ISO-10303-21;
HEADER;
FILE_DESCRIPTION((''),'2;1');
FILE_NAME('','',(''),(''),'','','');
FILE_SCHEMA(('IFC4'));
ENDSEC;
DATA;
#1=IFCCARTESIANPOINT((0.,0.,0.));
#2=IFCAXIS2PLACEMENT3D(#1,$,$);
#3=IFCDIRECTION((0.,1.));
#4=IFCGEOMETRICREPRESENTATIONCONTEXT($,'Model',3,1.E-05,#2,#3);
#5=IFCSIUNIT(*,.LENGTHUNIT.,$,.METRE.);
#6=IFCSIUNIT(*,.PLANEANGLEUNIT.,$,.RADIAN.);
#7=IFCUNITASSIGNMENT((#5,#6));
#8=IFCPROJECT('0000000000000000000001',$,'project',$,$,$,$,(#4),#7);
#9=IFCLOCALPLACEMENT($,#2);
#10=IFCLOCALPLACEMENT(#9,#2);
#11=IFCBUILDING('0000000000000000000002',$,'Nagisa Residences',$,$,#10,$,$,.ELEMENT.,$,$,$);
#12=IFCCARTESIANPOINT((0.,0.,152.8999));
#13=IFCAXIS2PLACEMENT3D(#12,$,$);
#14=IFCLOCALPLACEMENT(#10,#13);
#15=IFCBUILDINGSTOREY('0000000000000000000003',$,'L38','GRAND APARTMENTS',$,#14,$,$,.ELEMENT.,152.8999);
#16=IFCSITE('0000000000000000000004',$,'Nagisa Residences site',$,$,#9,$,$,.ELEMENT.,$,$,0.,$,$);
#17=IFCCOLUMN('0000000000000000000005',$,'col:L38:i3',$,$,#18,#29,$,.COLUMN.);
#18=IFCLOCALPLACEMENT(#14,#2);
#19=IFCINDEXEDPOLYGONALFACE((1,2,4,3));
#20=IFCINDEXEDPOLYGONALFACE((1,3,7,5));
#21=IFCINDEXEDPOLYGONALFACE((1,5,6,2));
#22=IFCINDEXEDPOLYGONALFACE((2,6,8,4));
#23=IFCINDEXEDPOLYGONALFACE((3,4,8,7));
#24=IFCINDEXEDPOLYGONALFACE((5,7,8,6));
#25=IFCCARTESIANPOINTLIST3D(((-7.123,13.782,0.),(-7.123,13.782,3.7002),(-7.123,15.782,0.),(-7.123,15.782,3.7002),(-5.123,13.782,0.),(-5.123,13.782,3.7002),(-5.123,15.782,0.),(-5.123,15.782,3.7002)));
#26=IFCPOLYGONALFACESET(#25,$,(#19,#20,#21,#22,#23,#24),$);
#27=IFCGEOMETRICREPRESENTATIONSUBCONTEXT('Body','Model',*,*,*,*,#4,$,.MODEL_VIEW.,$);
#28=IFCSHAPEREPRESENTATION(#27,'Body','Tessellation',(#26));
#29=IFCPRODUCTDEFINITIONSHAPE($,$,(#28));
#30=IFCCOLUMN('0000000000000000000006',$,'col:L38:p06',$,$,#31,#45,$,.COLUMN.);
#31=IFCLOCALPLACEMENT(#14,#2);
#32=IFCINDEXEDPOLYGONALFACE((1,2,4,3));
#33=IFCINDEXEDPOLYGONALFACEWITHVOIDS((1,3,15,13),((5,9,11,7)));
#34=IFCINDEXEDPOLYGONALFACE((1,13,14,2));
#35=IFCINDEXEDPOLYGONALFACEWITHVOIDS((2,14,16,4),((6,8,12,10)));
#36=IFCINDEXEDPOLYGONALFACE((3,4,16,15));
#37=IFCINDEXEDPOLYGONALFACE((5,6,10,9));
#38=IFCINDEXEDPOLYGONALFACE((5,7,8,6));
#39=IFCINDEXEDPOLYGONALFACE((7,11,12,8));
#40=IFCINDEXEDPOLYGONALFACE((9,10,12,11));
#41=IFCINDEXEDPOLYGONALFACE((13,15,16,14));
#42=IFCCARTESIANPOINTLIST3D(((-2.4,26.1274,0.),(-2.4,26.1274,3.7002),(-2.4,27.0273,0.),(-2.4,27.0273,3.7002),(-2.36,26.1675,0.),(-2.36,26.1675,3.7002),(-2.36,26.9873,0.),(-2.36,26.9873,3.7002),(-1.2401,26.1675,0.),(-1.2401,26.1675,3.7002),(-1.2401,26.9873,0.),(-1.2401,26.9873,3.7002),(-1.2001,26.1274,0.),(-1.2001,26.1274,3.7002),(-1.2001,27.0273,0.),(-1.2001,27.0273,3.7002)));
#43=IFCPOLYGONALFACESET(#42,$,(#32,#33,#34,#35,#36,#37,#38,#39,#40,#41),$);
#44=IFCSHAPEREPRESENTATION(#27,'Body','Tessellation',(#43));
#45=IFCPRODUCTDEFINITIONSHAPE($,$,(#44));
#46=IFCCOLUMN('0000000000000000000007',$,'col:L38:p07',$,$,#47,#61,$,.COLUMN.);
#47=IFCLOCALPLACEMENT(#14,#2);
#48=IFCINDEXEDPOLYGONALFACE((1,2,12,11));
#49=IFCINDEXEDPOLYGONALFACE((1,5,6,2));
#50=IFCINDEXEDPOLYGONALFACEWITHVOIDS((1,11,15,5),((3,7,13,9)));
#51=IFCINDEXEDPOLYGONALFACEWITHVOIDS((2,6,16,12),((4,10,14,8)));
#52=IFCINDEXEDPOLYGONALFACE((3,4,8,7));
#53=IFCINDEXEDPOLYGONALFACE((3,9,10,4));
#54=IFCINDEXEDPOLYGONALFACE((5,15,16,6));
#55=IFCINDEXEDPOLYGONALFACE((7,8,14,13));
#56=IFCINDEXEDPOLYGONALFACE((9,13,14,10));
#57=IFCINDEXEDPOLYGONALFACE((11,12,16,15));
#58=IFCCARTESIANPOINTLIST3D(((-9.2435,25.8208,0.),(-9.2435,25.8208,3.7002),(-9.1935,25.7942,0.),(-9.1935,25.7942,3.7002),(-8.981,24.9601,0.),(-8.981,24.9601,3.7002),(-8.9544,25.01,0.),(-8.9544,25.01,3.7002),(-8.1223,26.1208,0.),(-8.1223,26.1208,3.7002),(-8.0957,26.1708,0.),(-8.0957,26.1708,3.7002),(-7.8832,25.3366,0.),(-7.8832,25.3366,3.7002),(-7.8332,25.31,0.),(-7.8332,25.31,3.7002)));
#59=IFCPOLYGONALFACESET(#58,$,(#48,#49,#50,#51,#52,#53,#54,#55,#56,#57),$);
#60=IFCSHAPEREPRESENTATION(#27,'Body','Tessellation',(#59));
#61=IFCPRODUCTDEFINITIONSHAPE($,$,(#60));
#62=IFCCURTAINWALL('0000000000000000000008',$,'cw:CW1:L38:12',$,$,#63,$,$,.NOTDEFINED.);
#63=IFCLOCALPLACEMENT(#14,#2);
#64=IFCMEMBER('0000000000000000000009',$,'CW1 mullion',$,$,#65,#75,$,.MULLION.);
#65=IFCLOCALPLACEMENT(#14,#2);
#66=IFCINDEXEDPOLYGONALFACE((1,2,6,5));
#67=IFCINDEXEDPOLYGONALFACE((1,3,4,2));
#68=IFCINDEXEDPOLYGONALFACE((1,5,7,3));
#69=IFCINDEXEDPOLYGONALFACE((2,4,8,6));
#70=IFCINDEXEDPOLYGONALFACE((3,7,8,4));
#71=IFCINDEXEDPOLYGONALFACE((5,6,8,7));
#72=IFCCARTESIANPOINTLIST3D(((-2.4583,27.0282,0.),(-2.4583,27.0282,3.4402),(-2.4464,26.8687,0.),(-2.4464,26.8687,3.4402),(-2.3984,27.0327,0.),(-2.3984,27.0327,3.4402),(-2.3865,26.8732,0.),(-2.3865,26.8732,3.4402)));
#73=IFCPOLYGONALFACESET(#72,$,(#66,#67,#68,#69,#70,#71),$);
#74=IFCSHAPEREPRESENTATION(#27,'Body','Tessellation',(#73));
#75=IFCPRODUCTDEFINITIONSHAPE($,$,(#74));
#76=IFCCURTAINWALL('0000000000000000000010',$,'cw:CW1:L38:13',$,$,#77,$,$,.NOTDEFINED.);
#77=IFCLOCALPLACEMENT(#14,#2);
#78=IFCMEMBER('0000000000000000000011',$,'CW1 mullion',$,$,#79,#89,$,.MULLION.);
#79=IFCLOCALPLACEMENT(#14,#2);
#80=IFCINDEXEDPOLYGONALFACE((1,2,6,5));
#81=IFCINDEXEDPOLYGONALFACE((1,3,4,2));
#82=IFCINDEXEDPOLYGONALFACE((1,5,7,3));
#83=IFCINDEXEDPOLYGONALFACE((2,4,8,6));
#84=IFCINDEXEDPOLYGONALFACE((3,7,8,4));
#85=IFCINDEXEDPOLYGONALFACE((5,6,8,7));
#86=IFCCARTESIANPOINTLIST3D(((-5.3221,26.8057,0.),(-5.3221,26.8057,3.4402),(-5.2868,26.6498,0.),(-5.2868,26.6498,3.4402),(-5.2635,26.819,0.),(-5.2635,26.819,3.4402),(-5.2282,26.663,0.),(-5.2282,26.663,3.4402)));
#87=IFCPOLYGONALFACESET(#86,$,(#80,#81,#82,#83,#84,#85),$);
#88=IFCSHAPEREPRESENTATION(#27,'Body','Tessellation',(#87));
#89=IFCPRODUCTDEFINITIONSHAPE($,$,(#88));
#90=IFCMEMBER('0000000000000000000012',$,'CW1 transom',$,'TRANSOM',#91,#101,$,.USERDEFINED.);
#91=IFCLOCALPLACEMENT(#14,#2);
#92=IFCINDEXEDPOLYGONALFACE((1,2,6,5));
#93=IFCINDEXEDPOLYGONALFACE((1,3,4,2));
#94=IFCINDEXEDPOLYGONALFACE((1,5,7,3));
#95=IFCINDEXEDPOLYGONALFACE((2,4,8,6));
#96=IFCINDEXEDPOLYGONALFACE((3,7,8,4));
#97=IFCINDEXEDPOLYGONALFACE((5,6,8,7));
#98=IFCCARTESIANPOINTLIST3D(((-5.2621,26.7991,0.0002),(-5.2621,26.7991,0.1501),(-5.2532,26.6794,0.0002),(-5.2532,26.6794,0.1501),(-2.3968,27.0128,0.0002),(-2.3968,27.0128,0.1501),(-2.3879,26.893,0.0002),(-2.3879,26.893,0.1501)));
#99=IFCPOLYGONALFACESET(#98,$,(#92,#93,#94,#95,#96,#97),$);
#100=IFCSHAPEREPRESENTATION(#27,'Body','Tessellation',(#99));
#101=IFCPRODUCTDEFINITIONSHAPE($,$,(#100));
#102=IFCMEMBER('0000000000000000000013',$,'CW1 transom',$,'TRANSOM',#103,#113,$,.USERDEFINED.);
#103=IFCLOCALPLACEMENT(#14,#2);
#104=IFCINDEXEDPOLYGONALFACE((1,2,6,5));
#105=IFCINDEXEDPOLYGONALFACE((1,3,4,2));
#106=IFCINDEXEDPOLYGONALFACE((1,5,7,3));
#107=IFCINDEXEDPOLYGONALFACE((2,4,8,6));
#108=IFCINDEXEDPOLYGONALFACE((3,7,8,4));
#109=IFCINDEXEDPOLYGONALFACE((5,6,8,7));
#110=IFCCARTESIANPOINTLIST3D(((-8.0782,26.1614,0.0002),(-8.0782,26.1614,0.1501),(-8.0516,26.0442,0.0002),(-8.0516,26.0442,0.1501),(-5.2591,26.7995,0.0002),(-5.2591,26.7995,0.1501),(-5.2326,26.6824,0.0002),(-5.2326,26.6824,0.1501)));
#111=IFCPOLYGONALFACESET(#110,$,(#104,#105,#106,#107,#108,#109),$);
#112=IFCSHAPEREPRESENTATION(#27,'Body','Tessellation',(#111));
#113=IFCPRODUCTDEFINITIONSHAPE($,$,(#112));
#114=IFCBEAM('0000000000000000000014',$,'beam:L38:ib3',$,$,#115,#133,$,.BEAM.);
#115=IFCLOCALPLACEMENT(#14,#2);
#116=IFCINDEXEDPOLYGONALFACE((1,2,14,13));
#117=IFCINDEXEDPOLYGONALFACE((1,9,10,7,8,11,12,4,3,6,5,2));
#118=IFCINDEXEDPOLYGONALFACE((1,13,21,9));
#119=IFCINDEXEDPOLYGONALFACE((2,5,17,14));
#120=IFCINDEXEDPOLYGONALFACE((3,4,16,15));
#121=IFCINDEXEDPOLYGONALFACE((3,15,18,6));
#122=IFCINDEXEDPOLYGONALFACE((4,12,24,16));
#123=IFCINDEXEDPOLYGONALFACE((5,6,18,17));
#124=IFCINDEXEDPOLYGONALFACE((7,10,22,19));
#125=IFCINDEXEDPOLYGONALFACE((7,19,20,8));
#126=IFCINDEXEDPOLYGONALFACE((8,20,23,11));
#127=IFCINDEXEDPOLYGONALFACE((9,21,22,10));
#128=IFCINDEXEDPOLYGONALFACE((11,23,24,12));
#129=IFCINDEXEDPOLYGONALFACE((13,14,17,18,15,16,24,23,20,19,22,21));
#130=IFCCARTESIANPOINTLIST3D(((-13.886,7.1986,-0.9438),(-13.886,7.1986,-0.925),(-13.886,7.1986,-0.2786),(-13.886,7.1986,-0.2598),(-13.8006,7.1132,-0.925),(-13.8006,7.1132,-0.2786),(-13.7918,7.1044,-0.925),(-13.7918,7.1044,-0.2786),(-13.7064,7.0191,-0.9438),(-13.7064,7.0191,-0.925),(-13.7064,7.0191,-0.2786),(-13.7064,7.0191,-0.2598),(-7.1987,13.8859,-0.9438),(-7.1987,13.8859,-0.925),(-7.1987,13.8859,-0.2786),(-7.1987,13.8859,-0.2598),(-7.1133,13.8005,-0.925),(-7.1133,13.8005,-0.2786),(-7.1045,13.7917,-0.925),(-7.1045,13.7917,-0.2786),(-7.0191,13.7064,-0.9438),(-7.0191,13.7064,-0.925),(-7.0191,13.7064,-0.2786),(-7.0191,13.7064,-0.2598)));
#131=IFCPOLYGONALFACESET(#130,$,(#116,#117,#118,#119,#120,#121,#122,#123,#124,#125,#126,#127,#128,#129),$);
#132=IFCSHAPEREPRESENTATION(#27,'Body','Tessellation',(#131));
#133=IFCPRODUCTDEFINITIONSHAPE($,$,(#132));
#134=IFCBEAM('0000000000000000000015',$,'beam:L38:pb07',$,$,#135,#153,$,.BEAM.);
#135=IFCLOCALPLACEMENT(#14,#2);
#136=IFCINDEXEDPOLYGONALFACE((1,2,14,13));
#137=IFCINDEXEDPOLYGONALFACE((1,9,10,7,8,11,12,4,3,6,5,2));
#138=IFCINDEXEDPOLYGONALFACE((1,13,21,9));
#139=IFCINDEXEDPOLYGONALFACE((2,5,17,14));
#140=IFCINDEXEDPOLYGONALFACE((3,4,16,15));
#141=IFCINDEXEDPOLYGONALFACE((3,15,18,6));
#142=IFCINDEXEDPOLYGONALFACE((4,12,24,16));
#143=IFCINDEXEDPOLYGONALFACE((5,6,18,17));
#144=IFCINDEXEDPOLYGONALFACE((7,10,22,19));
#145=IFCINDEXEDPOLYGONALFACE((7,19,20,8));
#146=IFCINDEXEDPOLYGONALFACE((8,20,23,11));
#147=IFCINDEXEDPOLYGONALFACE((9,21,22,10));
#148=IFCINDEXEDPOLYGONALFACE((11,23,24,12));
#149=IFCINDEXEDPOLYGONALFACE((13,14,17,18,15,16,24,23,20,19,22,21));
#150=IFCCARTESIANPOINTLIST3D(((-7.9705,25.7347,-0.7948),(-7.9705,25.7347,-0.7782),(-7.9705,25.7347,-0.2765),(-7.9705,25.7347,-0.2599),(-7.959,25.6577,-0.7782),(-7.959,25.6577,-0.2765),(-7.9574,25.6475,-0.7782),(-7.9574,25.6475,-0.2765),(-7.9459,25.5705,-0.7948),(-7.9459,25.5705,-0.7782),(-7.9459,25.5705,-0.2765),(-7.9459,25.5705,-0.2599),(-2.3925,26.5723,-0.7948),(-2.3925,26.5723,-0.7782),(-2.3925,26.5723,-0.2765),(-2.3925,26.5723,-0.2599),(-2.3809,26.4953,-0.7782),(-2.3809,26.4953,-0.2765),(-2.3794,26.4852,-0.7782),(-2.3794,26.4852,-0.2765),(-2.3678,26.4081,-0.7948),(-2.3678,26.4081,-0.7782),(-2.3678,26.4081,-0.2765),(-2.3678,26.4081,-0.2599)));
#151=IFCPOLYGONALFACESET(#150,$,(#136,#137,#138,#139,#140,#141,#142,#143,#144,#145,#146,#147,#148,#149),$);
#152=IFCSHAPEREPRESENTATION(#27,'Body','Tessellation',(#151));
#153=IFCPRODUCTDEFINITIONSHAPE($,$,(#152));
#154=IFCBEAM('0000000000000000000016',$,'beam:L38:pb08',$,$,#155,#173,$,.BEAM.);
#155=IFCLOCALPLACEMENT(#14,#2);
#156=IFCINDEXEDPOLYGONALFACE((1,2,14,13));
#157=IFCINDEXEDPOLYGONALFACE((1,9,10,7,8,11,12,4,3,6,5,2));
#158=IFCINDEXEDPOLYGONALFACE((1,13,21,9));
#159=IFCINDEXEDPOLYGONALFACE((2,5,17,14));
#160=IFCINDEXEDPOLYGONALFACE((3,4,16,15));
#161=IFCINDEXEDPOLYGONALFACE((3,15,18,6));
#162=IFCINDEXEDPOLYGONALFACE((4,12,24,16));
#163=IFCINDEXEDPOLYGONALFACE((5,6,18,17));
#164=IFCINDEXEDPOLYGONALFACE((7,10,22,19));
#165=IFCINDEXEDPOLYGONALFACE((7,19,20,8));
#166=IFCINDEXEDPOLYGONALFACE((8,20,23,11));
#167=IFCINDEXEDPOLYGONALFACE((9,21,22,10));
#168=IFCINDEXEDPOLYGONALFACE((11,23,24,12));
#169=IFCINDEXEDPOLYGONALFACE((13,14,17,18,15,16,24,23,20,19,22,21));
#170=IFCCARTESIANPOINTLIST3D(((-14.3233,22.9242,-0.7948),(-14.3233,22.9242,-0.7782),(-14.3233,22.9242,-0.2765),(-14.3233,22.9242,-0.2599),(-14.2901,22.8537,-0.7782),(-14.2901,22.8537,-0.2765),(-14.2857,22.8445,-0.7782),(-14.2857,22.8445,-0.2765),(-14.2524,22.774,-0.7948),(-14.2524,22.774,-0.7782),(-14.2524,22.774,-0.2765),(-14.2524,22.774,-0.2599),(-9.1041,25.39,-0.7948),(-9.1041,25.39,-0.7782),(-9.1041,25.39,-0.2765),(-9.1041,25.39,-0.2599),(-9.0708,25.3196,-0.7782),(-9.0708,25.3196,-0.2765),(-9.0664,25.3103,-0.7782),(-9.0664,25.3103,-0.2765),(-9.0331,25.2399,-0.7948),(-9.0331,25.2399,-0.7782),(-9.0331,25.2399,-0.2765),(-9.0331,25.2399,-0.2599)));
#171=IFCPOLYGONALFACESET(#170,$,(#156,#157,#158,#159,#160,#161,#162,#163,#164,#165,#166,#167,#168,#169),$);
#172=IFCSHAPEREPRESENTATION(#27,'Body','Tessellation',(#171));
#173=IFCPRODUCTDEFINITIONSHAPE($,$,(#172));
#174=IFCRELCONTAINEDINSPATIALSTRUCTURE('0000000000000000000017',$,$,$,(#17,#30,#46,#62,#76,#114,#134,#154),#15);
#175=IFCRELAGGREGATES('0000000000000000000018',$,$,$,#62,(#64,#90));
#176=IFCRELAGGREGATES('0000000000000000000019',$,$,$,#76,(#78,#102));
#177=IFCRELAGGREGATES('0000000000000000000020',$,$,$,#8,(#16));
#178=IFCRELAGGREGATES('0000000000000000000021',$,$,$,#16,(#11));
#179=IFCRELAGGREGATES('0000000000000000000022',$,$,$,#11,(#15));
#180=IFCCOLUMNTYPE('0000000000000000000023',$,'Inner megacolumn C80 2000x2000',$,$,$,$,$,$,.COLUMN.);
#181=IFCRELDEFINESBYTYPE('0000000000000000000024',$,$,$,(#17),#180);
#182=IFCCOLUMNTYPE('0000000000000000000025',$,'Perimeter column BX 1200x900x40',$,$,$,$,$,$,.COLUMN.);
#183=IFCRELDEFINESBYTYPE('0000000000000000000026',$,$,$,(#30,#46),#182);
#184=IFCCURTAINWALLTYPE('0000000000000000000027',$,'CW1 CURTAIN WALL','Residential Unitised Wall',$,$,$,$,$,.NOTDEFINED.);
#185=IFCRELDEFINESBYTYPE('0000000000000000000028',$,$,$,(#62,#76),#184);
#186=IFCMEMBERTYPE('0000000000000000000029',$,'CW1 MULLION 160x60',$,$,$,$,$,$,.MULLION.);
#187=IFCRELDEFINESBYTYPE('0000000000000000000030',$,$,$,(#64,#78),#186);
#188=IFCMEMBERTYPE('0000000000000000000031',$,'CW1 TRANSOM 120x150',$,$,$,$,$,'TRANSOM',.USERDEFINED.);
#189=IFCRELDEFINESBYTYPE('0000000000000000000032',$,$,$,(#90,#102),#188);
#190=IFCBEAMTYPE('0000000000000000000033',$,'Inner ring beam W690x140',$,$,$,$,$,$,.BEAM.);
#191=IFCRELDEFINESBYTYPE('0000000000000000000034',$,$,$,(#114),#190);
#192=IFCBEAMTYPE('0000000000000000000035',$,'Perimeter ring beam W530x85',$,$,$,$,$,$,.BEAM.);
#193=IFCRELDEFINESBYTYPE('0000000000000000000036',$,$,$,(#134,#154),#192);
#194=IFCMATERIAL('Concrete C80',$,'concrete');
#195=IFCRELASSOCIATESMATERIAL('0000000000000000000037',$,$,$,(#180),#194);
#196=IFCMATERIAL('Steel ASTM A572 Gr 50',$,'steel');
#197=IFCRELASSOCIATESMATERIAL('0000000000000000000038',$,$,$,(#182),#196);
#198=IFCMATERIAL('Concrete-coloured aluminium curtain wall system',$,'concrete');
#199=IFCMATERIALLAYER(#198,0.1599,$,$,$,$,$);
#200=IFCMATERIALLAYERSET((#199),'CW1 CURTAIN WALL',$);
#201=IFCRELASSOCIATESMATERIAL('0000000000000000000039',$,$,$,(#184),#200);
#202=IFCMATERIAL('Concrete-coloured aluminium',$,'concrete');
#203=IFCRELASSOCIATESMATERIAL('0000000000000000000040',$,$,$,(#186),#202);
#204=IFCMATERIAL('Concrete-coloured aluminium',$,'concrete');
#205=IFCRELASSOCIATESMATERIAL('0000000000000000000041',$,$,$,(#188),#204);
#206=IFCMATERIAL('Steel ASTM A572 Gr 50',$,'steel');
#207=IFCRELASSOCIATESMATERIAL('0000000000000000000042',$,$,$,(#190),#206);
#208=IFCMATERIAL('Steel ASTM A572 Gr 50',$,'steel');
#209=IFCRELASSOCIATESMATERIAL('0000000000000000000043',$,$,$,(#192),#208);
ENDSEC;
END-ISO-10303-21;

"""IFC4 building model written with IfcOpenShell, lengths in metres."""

from ifc_helpers import new_model, si_unit, direction, frame, origin, origin_2d, place, context, subcontext, project, spatial, rectangle, hollow_rectangle, i_section, extrude, material, layer, layer_set, material_profile, profile_set, type_object, element, aggregate, save


model = new_model("IFC4")

# Units and contexts
model_context = context("Model", 3, precision=1e-05, world=origin(), true_north=direction((0.0, 1.0)))
body_context = subcontext(model_context, "Body", "Model", "MODEL_VIEW")
ifc_project = project(units=[si_unit("LENGTHUNIT", "METRE"), si_unit("PLANEANGLEUNIT", "RADIAN")], contexts=[model_context])

# Site, building, storey
site_placement = place(None, origin())
site = spatial("IfcSite", under=ifc_project, at=site_placement, Name="Nagisa Residences site", CompositionType="ELEMENT", RefElevation=0.0)
building_placement = place(site_placement, origin())
building = spatial("IfcBuilding", under=site, at=building_placement, Name="Nagisa Residences", CompositionType="ELEMENT")
storey_placement = place(building_placement, frame((0.0, 0.0, 152.8999)))
storey = spatial("IfcBuildingStorey", under=building, at=storey_placement, Name="L38", Description="GRAND APARTMENTS", CompositionType="ELEMENT", Elevation=152.8999)

# Columns
ifc_material_1 = material(Name="Concrete C80", Category="concrete")
ifc_material_profile_1 = material_profile(ifc_material_1, rectangle(XDim=2.0, YDim=2.0, at=origin_2d()), Name="C80 2000x2000")
ifc_profile_set_1 = profile_set([ifc_material_profile_1], Name="Concrete C80")
column_type_1 = type_object("IfcColumnType", Name="Inner megacolumn C80 2000x2000", PredefinedType="COLUMN", material=ifc_profile_set_1)
column_placement = place(storey_placement, frame((-6.123, 14.782, 0.0), z_axis=(0.0, 0.0, 1.0), x_axis=(1.0, 0.0, 0.0)))
element("IfcColumn", 1, at=column_placement, inside=storey, type_object=column_type_1, Name="col:L38:i3", PredefinedType="COLUMN", context=body_context, shape_type="SweptSolid", body=[
    extrude(rectangle(XDim=2.0, YDim=2.0, at=origin_2d()), origin(), (0.0, 0.0, 1.0), 3.7002),
])
ifc_material_2 = material(Name="Steel ASTM A572 Gr 50", Category="steel")
ifc_material_profile_2 = material_profile(ifc_material_2, hollow_rectangle(XDim=1.2, YDim=0.8999, WallThickness=0.04, at=origin_2d()), Name="BX 1200x900x40")
ifc_profile_set_2 = profile_set([ifc_material_profile_2], Name="Steel ASTM A572 Gr 50")
column_type_2 = type_object("IfcColumnType", Name="Perimeter column BX 1200x900x40", PredefinedType="COLUMN", material=ifc_profile_set_2)
for number, where, z_axis, x_axis, name in (
    (2, (-1.8, 26.5774, 0.0), (0.0, 0.0, 1.0), (-1.0, 0.0, 0.0), "col:L38:p06"),
    (3, (-8.5383, 25.5654, 0.0), (0.0, 0.0, 1.0), (-0.956525, -0.291652, 0.0), "col:L38:p07"),
):
    element("IfcColumn", number, at=place(storey_placement, frame(where, z_axis=z_axis, x_axis=x_axis)), inside=storey, type_object=column_type_2, Name=name, PredefinedType="COLUMN", context=body_context, shape_type="SweptSolid", body=[
        extrude(hollow_rectangle(XDim=1.2, YDim=0.8999, WallThickness=0.04, at=origin_2d()), origin(), (0.0, 0.0, 1.0), 3.7002),
    ])

# Curtain walls, members
ifc_material_3 = material(Name="Concrete-coloured aluminium curtain wall system", Category="concrete")
ifc_layer_1 = layer(ifc_material_3, 0.1599)
ifc_layer_set_1 = layer_set([ifc_layer_1], Name="CW1 CURTAIN WALL")
curtain_wall_type = type_object("IfcCurtainWallType", Name="CW1 CURTAIN WALL", Description="Residential Unitised Wall", PredefinedType="NOTDEFINED", material=ifc_layer_set_1)
curtain_wall_1_placement = place(storey_placement, origin())
curtain_wall_1 = element("IfcCurtainWall", 4, at=curtain_wall_1_placement, inside=storey, type_object=curtain_wall_type, Name="cw:CW1:L38:12", PredefinedType="NOTDEFINED")
ifc_material_4 = material(Name="Concrete-coloured aluminium", Category="concrete")
ifc_material_profile_3 = material_profile(ifc_material_4, rectangle(XDim=0.1599, YDim=0.0601, at=origin_2d()), Name="CW1 MULLION 160x60")
ifc_profile_set_3 = profile_set([ifc_material_profile_3], Name="Concrete-coloured aluminium")
member_type_1 = type_object("IfcMemberType", Name="CW1 MULLION 160x60", PredefinedType="MULLION", material=ifc_profile_set_3)
member_1_placement = place(storey_placement, frame((-2.4224, 26.9507, 0.0), z_axis=(0.0, 0.0, 1.0), x_axis=(0.074377, -0.99723, 0.0)))
member_1 = element("IfcMember", 5, at=member_1_placement, type_object=member_type_1, Name="CW1 mullion", PredefinedType="MULLION", context=body_context, shape_type="SweptSolid", body=[
    extrude(rectangle(XDim=0.1599, YDim=0.0601, at=origin_2d()), origin(), (0.0, 0.0, 1.0), 3.4402),
])
curtain_wall_2_placement = place(storey_placement, origin())
curtain_wall_2 = element("IfcCurtainWall", 6, at=curtain_wall_2_placement, inside=storey, type_object=curtain_wall_type, Name="cw:CW1:L38:13", PredefinedType="NOTDEFINED")
member_2_placement = place(storey_placement, frame((-5.2751, 26.7344, 0.0), z_axis=(0.0, 0.0, 1.0), x_axis=(0.220764, -0.975327, 0.0)))
member_2 = element("IfcMember", 7, at=member_2_placement, type_object=member_type_1, Name="CW1 mullion", PredefinedType="MULLION", context=body_context, shape_type="SweptSolid", body=[
    extrude(rectangle(XDim=0.1599, YDim=0.0601, at=origin_2d()), origin(), (0.0, 0.0, 1.0), 3.4402),
])

# Members
ifc_material_5 = material(Name="Concrete-coloured aluminium", Category="concrete")
ifc_material_profile_4 = material_profile(ifc_material_5, rectangle(XDim=0.1201, YDim=0.1499, at=origin_2d()), Name="CW1 TRANSOM 120x150")
ifc_profile_set_4 = profile_set([ifc_material_profile_4], Name="Concrete-coloured aluminium")
member_type_2 = type_object("IfcMemberType", Name="CW1 TRANSOM 120x150", ElementType="TRANSOM", PredefinedType="USERDEFINED", material=ifc_profile_set_4)
member_3_placement = place(storey_placement, frame((-2.3923, 26.9529, 0.0752), z_axis=(-0.997232, -0.074351, 0.0), x_axis=(0.074351, -0.997232, 0.0)))
member_3 = element("IfcMember", 8, at=member_3_placement, type_object=member_type_2, Name="CW1 transom", ObjectType="TRANSOM", PredefinedType="USERDEFINED", context=body_context, shape_type="SweptSolid", body=[
    extrude(rectangle(XDim=0.1201, YDim=0.1499, at=origin_2d()), origin(), (0.0, 0.0, 1.0), 2.8733),
])
member_4_placement = place(storey_placement, frame((-5.2458, 26.741, 0.0752), z_axis=(-0.975321, -0.220792, 0.0), x_axis=(0.220792, -0.975321, 0.0)))
member_4 = element("IfcMember", 9, at=member_4_placement, type_object=member_type_2, Name="CW1 transom", ObjectType="TRANSOM", PredefinedType="USERDEFINED", context=body_context, shape_type="SweptSolid", body=[
    extrude(rectangle(XDim=0.1201, YDim=0.1499, at=origin_2d()), origin(), (0.0, 0.0, 1.0), 2.8904),
])

# Beams
ifc_material_6 = material(Name="Steel ASTM A572 Gr 50", Category="steel")
ifc_material_profile_5 = material_profile(ifc_material_6, i_section(OverallWidth=0.2539, OverallDepth=0.6841, WebThickness=0.0125, FlangeThickness=0.0188, at=origin_2d()), Name="W690x140")
ifc_profile_set_5 = profile_set([ifc_material_profile_5], Name="Steel ASTM A572 Gr 50")
beam_type_1 = type_object("IfcBeamType", Name="Inner ring beam W690x140", PredefinedType="BEAM", material=ifc_profile_set_5)
beam_1_placement = place(storey_placement, frame((-7.1089, 13.7961, -0.6018), z_axis=(-0.707107, -0.707107, 0.0), x_axis=(0.707107, -0.707107, 0.0)))
element("IfcBeam", 10, at=beam_1_placement, inside=storey, type_object=beam_type_1, Name="beam:L38:ib3", PredefinedType="BEAM", context=body_context, shape_type="SweptSolid", body=[
    extrude(i_section(OverallWidth=0.2539, OverallDepth=0.6841, WebThickness=0.0125, FlangeThickness=0.0188, at=origin_2d()), origin(), (0.0, 0.0, 1.0), 9.4573),
])
ifc_material_7 = material(Name="Steel ASTM A572 Gr 50", Category="steel")
ifc_material_profile_6 = material_profile(ifc_material_7, i_section(OverallWidth=0.166, OverallDepth=0.5349, WebThickness=0.0103, FlangeThickness=0.0166, at=origin_2d()), Name="W530x85")
ifc_profile_set_6 = profile_set([ifc_material_profile_6], Name="Steel ASTM A572 Gr 50")
beam_type_2 = type_object("IfcBeamType", Name="Perimeter ring beam W530x85", PredefinedType="BEAM", material=ifc_profile_set_6)
beam_2_placement = place(storey_placement, frame((-2.3801, 26.4902, -0.5273), z_axis=(-0.988912, -0.148501, 0.0), x_axis=(0.148501, -0.988912, 0.0)))
element("IfcBeam", 11, at=beam_2_placement, inside=storey, type_object=beam_type_2, Name="beam:L38:pb07", PredefinedType="BEAM", context=body_context, shape_type="SweptSolid", body=[
    extrude(i_section(OverallWidth=0.166, OverallDepth=0.5349, WebThickness=0.0103, FlangeThickness=0.0166, at=origin_2d()), origin(), (0.0, 0.0, 1.0), 5.6406),
])
beam_3_placement = place(storey_placement, frame((-9.0686, 25.3149, -0.5273), z_axis=(-0.90417, -0.427173, 0.0), x_axis=(0.427173, -0.90417, 0.0)))
element("IfcBeam", 12, at=beam_3_placement, inside=storey, type_object=beam_type_2, Name="beam:L38:pb08", PredefinedType="BEAM", context=body_context, shape_type="SweptSolid", body=[
    extrude(i_section(OverallWidth=0.166, OverallDepth=0.5349, WebThickness=0.0103, FlangeThickness=0.0166, at=origin_2d()), origin(), (0.0, 0.0, 1.0), 5.7725),
])

aggregate(curtain_wall_1, [member_1, member_3])
aggregate(curtain_wall_2, [member_2, member_4])

save(model, "model.ifc")
